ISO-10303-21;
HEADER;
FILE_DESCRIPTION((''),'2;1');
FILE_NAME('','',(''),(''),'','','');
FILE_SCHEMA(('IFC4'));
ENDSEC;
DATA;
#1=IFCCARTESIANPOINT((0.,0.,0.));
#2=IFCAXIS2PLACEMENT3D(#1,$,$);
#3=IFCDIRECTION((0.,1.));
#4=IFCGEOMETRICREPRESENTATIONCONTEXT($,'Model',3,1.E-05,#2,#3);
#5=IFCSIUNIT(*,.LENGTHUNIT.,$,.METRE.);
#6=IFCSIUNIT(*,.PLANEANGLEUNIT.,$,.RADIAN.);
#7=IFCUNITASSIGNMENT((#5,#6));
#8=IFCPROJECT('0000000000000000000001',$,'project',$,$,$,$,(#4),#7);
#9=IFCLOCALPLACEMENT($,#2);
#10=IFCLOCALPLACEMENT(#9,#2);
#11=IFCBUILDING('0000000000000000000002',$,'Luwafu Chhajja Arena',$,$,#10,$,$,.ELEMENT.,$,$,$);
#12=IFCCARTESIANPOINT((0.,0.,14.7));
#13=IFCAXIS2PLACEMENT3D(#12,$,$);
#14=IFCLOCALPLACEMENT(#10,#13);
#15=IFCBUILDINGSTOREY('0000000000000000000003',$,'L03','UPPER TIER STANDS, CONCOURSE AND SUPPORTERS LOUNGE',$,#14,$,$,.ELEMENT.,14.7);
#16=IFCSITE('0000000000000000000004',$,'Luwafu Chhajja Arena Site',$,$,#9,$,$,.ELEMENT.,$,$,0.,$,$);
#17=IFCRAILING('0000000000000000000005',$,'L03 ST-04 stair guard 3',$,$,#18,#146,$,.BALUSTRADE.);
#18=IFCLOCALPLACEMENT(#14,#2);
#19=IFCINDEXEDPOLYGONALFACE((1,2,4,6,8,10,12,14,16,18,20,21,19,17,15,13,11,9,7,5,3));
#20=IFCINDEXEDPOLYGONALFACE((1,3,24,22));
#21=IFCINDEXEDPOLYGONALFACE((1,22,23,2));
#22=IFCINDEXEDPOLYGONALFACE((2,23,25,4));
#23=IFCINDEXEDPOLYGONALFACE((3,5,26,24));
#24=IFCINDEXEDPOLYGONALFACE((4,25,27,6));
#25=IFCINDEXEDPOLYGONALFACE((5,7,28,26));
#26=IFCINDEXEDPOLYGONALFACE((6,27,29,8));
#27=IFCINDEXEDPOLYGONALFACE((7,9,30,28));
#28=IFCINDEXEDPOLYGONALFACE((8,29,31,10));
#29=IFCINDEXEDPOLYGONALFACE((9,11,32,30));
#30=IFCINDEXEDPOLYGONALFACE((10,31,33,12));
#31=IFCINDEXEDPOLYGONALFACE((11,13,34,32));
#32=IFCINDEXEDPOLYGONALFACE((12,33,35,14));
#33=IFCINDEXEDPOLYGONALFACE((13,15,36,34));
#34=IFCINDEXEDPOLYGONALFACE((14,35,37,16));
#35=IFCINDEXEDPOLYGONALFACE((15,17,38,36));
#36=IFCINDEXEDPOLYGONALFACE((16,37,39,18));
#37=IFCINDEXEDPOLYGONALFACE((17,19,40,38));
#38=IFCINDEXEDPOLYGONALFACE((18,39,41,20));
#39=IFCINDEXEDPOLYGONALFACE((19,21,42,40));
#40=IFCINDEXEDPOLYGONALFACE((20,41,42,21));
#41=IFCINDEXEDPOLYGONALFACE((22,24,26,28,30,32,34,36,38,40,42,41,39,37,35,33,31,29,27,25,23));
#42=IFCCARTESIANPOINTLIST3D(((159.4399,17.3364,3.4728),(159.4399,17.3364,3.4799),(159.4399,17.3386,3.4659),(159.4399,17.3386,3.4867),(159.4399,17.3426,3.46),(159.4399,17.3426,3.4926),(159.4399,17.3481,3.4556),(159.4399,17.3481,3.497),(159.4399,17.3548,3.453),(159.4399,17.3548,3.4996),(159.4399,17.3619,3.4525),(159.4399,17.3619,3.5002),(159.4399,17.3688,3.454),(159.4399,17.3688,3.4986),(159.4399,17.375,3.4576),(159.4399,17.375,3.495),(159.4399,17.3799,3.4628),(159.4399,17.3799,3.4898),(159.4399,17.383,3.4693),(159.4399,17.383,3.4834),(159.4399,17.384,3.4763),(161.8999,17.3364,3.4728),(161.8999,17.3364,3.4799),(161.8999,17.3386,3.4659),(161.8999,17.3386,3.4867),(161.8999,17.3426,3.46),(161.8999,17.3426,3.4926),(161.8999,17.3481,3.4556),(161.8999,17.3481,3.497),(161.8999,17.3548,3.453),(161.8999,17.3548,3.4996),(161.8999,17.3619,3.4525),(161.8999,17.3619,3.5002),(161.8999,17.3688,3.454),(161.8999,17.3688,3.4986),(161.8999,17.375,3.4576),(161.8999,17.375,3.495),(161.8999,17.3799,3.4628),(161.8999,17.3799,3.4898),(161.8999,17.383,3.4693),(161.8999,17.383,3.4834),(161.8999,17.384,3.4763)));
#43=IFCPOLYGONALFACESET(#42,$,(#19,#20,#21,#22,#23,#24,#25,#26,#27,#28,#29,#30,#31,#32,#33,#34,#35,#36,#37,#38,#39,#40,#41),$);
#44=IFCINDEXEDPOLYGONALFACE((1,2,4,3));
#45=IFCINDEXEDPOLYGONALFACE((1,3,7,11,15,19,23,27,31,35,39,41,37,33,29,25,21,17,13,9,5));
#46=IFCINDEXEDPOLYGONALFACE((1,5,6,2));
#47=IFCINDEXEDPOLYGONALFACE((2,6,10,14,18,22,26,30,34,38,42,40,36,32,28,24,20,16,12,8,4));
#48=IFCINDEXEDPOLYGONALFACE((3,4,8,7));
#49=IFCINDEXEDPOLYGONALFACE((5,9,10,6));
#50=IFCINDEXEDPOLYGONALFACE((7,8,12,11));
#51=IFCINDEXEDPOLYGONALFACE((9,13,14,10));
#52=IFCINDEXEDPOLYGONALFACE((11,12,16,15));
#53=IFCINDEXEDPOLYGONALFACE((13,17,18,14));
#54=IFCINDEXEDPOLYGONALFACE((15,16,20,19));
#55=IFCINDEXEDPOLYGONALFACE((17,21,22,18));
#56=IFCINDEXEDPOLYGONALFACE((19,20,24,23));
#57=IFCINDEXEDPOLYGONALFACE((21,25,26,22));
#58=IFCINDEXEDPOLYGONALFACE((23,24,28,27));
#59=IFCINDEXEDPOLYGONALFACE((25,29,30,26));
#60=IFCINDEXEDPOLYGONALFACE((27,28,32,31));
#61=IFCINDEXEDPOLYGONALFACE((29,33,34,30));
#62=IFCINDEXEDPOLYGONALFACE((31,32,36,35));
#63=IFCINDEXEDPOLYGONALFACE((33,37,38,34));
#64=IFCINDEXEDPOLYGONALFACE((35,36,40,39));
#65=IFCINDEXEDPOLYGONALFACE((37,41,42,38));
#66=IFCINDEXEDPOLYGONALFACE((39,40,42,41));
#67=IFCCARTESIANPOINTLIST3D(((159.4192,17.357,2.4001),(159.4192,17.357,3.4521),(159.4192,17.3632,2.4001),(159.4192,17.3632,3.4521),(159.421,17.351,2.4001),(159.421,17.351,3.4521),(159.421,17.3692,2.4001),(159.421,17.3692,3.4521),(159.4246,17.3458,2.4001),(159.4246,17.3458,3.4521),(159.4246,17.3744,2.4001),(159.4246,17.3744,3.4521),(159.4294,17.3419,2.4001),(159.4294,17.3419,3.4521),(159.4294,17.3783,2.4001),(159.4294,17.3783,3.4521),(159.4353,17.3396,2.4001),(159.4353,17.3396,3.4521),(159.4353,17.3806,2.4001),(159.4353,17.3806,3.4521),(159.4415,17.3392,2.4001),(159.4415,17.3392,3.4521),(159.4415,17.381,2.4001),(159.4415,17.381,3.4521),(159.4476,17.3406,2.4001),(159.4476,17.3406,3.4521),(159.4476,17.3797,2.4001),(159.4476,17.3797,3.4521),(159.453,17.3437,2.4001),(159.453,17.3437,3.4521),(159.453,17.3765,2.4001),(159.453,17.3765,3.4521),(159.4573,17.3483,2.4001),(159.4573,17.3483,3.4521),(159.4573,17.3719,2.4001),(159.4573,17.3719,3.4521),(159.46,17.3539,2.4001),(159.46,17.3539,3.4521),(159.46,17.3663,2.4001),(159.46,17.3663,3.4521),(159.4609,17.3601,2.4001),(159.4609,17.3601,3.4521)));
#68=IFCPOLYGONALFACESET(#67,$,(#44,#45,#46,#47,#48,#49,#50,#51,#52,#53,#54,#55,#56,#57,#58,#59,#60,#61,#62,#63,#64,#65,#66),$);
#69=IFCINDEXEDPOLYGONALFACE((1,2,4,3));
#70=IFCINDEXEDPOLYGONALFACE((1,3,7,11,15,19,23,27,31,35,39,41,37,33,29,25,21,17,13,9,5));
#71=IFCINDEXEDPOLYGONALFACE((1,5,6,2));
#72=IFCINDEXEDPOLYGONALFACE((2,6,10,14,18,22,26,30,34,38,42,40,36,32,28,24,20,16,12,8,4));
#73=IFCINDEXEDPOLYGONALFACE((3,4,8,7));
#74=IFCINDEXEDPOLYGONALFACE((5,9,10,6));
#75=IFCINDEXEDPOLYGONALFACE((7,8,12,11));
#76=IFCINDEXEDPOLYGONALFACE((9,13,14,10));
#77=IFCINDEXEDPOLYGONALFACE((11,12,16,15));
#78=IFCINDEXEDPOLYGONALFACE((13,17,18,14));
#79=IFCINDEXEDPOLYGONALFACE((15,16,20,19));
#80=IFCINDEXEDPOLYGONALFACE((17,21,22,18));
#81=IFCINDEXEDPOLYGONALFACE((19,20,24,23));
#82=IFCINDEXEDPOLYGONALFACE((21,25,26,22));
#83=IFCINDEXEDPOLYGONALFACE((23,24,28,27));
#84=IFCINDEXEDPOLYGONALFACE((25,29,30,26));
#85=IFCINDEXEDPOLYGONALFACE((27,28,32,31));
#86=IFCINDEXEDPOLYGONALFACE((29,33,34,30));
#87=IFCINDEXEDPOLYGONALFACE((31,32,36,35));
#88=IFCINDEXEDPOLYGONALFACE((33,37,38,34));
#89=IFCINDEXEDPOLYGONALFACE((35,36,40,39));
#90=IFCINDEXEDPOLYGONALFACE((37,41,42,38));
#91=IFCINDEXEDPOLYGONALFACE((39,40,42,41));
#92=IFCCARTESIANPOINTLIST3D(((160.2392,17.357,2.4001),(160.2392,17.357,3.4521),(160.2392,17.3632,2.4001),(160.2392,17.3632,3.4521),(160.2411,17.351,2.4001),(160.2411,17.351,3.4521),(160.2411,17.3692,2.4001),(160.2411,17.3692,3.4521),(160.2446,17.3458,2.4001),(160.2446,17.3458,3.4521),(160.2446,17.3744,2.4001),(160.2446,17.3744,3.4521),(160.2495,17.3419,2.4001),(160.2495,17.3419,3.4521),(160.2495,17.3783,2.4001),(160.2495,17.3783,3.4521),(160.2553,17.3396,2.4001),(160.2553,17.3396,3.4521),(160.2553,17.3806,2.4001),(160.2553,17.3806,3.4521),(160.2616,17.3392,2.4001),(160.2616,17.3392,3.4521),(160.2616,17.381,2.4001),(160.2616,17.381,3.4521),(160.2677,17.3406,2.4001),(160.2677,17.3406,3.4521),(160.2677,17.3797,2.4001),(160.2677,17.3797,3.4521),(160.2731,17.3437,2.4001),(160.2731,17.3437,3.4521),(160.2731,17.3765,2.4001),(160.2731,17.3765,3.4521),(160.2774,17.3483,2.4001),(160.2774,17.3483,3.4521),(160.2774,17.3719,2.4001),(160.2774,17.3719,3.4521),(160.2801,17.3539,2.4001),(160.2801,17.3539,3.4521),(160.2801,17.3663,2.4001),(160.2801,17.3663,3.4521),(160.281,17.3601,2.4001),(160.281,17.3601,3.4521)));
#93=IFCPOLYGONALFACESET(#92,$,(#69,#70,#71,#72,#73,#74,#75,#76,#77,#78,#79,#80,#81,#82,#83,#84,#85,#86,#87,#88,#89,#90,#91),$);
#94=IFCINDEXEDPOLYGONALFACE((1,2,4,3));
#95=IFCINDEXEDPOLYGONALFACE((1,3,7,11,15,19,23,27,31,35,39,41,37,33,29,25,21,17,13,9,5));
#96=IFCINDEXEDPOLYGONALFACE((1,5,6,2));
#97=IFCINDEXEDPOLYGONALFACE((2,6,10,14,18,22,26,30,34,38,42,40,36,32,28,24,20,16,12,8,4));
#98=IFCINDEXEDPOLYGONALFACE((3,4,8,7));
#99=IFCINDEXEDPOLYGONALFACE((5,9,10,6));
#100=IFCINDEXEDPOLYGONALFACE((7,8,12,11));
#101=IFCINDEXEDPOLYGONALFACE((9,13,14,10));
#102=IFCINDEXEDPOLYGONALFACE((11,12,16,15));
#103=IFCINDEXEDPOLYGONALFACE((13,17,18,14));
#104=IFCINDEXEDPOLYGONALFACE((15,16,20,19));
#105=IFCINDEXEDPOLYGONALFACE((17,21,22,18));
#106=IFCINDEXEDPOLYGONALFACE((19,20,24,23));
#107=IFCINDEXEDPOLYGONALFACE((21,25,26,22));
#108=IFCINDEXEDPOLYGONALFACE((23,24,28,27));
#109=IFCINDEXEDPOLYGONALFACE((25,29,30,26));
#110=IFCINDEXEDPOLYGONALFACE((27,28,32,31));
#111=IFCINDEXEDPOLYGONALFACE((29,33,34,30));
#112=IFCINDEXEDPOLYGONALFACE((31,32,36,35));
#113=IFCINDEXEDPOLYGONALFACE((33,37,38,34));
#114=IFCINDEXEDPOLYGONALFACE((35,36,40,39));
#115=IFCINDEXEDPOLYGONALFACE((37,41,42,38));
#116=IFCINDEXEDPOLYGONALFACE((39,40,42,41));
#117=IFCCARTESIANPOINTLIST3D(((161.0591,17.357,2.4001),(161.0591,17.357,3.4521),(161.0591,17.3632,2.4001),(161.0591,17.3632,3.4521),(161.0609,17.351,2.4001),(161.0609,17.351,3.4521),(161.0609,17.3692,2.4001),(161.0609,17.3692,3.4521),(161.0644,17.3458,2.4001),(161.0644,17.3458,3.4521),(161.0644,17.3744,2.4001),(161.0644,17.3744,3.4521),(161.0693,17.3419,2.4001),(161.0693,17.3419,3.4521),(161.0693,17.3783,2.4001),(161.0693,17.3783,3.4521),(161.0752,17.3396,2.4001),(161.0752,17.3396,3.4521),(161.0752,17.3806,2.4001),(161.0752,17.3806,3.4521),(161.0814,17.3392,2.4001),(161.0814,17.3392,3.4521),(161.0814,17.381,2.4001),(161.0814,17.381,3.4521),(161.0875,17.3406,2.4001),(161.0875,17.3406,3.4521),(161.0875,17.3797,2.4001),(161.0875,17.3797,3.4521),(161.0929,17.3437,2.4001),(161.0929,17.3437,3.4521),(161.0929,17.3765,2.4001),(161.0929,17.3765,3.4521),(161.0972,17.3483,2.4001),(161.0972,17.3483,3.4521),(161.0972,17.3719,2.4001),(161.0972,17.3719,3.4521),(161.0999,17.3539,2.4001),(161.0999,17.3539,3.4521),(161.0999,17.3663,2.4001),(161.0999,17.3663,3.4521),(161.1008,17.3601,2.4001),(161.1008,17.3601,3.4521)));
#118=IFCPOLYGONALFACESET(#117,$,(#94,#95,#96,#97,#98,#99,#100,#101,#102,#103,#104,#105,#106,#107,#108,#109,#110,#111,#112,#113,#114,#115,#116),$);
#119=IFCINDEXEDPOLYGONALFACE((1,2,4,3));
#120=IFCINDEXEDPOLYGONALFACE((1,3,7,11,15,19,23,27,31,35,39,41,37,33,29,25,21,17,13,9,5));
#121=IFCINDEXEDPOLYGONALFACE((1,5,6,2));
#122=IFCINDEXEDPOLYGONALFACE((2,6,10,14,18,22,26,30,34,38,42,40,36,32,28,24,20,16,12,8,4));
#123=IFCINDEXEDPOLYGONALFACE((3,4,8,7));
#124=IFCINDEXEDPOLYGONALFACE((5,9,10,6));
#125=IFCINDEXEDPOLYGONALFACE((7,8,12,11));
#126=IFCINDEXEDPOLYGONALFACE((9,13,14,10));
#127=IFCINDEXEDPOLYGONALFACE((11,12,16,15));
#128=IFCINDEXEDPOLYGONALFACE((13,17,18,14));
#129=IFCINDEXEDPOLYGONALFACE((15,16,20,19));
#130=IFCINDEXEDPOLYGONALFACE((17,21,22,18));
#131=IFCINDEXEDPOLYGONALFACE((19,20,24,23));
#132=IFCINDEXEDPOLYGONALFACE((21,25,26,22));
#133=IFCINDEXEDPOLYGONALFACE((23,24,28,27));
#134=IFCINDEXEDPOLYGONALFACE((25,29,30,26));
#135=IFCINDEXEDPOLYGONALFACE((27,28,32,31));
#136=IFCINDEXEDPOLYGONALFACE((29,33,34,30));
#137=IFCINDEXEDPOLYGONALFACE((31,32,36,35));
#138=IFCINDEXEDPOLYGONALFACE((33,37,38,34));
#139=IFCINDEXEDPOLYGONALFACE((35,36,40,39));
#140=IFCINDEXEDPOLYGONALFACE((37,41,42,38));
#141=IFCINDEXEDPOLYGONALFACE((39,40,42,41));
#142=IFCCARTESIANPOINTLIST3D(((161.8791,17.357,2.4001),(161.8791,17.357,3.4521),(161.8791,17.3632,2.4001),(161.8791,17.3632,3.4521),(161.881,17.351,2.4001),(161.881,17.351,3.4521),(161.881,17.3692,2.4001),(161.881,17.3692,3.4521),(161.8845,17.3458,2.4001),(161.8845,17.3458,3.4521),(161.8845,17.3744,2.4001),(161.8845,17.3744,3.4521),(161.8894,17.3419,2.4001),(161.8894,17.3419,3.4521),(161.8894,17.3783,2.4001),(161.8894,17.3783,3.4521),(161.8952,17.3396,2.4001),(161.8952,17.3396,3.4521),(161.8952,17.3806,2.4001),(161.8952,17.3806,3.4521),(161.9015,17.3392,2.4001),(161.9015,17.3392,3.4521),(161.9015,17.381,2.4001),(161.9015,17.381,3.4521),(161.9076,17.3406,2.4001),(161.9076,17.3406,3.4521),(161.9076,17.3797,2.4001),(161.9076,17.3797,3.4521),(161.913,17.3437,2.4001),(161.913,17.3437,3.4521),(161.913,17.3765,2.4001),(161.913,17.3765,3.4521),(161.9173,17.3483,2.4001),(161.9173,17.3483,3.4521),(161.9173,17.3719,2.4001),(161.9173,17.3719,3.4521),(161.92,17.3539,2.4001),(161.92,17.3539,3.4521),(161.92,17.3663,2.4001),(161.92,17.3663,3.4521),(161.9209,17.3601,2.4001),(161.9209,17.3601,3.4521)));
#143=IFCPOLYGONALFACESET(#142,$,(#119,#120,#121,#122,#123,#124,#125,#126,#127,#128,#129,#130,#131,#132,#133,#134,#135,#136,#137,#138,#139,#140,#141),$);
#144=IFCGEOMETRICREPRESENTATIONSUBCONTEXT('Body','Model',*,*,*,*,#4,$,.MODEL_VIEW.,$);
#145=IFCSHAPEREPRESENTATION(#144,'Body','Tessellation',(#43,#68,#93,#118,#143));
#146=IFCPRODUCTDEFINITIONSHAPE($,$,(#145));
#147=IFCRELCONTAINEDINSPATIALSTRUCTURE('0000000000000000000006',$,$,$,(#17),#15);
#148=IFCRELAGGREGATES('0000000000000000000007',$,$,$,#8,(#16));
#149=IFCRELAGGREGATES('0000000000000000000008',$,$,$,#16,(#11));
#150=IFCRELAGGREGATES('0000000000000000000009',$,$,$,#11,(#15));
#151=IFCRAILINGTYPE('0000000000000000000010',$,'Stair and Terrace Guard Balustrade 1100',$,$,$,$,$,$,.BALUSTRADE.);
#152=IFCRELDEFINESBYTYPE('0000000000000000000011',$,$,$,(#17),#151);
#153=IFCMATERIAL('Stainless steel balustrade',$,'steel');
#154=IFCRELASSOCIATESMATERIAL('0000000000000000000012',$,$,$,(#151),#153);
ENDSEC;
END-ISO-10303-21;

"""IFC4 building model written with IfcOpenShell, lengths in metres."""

from ifc_helpers import new_model, si_unit, direction, frame, origin, origin_2d, place, context, subcontext, project, spatial, circle, extrude, material, type_object, element, save


model = new_model("IFC4")

# Units and contexts
model_context = context("Model", 3, precision=1e-05, world=origin(), true_north=direction((0.0, 1.0)))
body_context = subcontext(model_context, "Body", "Model", "MODEL_VIEW")
ifc_project = project(units=[si_unit("LENGTHUNIT", "METRE"), si_unit("PLANEANGLEUNIT", "RADIAN")], contexts=[model_context])

# Site, building, storey
site_placement = place(None, origin())
site = spatial("IfcSite", under=ifc_project, at=site_placement, Name="Luwafu Chhajja Arena Site", CompositionType="ELEMENT", RefElevation=0.0)
building_placement = place(site_placement, origin())
building = spatial("IfcBuilding", under=site, at=building_placement, Name="Luwafu Chhajja Arena", CompositionType="ELEMENT")
storey_placement = place(building_placement, frame((0.0, 0.0, 14.7)))
storey = spatial("IfcBuildingStorey", under=building, at=storey_placement, Name="L03", Description="UPPER TIER STANDS, CONCOURSE AND SUPPORTERS LOUNGE", CompositionType="ELEMENT", Elevation=14.7)

# Railing
ifc_material_1 = material(Name="Stainless steel balustrade", Category="steel")
railing_type_1 = type_object("IfcRailingType", Name="Stair and Terrace Guard Balustrade 1100", PredefinedType="BALUSTRADE", material=ifc_material_1)
for number, where, name in (
    (1, (159.4399, 17.3601, 2.4001), "L03 ST-04 stair guard 3"),
):
    element("IfcRailing", number, at=place(storey_placement, frame(where)), inside=storey, type_object=railing_type_1, Name=name, PredefinedType="BALUSTRADE", context=body_context, shape_type="SweptSolid", body=[
        extrude(circle(Radius=0.0239, at=origin_2d()), frame((0.0, 0.0, 1.0762), z_axis=(1.0, 0.0, 0.0), x_axis=(0.0, 1.0, 0.0)), (0.0, 0.0, 1.0), 2.46),
        extrude(circle(Radius=0.021, at=origin_2d()), origin(), (0.0, 0.0, 1.0), 1.052),
        extrude(circle(Radius=0.021, at=origin_2d()), frame((0.8201, 0.0, 0.0)), (0.0, 0.0, 1.0), 1.052),
        extrude(circle(Radius=0.021, at=origin_2d()), frame((1.6399, 0.0, 0.0)), (0.0, 0.0, 1.0), 1.052),
        extrude(circle(Radius=0.021, at=origin_2d()), frame((2.46, 0.0, 0.0)), (0.0, 0.0, 1.0), 1.052),
    ])

save(model, "model.ifc")
